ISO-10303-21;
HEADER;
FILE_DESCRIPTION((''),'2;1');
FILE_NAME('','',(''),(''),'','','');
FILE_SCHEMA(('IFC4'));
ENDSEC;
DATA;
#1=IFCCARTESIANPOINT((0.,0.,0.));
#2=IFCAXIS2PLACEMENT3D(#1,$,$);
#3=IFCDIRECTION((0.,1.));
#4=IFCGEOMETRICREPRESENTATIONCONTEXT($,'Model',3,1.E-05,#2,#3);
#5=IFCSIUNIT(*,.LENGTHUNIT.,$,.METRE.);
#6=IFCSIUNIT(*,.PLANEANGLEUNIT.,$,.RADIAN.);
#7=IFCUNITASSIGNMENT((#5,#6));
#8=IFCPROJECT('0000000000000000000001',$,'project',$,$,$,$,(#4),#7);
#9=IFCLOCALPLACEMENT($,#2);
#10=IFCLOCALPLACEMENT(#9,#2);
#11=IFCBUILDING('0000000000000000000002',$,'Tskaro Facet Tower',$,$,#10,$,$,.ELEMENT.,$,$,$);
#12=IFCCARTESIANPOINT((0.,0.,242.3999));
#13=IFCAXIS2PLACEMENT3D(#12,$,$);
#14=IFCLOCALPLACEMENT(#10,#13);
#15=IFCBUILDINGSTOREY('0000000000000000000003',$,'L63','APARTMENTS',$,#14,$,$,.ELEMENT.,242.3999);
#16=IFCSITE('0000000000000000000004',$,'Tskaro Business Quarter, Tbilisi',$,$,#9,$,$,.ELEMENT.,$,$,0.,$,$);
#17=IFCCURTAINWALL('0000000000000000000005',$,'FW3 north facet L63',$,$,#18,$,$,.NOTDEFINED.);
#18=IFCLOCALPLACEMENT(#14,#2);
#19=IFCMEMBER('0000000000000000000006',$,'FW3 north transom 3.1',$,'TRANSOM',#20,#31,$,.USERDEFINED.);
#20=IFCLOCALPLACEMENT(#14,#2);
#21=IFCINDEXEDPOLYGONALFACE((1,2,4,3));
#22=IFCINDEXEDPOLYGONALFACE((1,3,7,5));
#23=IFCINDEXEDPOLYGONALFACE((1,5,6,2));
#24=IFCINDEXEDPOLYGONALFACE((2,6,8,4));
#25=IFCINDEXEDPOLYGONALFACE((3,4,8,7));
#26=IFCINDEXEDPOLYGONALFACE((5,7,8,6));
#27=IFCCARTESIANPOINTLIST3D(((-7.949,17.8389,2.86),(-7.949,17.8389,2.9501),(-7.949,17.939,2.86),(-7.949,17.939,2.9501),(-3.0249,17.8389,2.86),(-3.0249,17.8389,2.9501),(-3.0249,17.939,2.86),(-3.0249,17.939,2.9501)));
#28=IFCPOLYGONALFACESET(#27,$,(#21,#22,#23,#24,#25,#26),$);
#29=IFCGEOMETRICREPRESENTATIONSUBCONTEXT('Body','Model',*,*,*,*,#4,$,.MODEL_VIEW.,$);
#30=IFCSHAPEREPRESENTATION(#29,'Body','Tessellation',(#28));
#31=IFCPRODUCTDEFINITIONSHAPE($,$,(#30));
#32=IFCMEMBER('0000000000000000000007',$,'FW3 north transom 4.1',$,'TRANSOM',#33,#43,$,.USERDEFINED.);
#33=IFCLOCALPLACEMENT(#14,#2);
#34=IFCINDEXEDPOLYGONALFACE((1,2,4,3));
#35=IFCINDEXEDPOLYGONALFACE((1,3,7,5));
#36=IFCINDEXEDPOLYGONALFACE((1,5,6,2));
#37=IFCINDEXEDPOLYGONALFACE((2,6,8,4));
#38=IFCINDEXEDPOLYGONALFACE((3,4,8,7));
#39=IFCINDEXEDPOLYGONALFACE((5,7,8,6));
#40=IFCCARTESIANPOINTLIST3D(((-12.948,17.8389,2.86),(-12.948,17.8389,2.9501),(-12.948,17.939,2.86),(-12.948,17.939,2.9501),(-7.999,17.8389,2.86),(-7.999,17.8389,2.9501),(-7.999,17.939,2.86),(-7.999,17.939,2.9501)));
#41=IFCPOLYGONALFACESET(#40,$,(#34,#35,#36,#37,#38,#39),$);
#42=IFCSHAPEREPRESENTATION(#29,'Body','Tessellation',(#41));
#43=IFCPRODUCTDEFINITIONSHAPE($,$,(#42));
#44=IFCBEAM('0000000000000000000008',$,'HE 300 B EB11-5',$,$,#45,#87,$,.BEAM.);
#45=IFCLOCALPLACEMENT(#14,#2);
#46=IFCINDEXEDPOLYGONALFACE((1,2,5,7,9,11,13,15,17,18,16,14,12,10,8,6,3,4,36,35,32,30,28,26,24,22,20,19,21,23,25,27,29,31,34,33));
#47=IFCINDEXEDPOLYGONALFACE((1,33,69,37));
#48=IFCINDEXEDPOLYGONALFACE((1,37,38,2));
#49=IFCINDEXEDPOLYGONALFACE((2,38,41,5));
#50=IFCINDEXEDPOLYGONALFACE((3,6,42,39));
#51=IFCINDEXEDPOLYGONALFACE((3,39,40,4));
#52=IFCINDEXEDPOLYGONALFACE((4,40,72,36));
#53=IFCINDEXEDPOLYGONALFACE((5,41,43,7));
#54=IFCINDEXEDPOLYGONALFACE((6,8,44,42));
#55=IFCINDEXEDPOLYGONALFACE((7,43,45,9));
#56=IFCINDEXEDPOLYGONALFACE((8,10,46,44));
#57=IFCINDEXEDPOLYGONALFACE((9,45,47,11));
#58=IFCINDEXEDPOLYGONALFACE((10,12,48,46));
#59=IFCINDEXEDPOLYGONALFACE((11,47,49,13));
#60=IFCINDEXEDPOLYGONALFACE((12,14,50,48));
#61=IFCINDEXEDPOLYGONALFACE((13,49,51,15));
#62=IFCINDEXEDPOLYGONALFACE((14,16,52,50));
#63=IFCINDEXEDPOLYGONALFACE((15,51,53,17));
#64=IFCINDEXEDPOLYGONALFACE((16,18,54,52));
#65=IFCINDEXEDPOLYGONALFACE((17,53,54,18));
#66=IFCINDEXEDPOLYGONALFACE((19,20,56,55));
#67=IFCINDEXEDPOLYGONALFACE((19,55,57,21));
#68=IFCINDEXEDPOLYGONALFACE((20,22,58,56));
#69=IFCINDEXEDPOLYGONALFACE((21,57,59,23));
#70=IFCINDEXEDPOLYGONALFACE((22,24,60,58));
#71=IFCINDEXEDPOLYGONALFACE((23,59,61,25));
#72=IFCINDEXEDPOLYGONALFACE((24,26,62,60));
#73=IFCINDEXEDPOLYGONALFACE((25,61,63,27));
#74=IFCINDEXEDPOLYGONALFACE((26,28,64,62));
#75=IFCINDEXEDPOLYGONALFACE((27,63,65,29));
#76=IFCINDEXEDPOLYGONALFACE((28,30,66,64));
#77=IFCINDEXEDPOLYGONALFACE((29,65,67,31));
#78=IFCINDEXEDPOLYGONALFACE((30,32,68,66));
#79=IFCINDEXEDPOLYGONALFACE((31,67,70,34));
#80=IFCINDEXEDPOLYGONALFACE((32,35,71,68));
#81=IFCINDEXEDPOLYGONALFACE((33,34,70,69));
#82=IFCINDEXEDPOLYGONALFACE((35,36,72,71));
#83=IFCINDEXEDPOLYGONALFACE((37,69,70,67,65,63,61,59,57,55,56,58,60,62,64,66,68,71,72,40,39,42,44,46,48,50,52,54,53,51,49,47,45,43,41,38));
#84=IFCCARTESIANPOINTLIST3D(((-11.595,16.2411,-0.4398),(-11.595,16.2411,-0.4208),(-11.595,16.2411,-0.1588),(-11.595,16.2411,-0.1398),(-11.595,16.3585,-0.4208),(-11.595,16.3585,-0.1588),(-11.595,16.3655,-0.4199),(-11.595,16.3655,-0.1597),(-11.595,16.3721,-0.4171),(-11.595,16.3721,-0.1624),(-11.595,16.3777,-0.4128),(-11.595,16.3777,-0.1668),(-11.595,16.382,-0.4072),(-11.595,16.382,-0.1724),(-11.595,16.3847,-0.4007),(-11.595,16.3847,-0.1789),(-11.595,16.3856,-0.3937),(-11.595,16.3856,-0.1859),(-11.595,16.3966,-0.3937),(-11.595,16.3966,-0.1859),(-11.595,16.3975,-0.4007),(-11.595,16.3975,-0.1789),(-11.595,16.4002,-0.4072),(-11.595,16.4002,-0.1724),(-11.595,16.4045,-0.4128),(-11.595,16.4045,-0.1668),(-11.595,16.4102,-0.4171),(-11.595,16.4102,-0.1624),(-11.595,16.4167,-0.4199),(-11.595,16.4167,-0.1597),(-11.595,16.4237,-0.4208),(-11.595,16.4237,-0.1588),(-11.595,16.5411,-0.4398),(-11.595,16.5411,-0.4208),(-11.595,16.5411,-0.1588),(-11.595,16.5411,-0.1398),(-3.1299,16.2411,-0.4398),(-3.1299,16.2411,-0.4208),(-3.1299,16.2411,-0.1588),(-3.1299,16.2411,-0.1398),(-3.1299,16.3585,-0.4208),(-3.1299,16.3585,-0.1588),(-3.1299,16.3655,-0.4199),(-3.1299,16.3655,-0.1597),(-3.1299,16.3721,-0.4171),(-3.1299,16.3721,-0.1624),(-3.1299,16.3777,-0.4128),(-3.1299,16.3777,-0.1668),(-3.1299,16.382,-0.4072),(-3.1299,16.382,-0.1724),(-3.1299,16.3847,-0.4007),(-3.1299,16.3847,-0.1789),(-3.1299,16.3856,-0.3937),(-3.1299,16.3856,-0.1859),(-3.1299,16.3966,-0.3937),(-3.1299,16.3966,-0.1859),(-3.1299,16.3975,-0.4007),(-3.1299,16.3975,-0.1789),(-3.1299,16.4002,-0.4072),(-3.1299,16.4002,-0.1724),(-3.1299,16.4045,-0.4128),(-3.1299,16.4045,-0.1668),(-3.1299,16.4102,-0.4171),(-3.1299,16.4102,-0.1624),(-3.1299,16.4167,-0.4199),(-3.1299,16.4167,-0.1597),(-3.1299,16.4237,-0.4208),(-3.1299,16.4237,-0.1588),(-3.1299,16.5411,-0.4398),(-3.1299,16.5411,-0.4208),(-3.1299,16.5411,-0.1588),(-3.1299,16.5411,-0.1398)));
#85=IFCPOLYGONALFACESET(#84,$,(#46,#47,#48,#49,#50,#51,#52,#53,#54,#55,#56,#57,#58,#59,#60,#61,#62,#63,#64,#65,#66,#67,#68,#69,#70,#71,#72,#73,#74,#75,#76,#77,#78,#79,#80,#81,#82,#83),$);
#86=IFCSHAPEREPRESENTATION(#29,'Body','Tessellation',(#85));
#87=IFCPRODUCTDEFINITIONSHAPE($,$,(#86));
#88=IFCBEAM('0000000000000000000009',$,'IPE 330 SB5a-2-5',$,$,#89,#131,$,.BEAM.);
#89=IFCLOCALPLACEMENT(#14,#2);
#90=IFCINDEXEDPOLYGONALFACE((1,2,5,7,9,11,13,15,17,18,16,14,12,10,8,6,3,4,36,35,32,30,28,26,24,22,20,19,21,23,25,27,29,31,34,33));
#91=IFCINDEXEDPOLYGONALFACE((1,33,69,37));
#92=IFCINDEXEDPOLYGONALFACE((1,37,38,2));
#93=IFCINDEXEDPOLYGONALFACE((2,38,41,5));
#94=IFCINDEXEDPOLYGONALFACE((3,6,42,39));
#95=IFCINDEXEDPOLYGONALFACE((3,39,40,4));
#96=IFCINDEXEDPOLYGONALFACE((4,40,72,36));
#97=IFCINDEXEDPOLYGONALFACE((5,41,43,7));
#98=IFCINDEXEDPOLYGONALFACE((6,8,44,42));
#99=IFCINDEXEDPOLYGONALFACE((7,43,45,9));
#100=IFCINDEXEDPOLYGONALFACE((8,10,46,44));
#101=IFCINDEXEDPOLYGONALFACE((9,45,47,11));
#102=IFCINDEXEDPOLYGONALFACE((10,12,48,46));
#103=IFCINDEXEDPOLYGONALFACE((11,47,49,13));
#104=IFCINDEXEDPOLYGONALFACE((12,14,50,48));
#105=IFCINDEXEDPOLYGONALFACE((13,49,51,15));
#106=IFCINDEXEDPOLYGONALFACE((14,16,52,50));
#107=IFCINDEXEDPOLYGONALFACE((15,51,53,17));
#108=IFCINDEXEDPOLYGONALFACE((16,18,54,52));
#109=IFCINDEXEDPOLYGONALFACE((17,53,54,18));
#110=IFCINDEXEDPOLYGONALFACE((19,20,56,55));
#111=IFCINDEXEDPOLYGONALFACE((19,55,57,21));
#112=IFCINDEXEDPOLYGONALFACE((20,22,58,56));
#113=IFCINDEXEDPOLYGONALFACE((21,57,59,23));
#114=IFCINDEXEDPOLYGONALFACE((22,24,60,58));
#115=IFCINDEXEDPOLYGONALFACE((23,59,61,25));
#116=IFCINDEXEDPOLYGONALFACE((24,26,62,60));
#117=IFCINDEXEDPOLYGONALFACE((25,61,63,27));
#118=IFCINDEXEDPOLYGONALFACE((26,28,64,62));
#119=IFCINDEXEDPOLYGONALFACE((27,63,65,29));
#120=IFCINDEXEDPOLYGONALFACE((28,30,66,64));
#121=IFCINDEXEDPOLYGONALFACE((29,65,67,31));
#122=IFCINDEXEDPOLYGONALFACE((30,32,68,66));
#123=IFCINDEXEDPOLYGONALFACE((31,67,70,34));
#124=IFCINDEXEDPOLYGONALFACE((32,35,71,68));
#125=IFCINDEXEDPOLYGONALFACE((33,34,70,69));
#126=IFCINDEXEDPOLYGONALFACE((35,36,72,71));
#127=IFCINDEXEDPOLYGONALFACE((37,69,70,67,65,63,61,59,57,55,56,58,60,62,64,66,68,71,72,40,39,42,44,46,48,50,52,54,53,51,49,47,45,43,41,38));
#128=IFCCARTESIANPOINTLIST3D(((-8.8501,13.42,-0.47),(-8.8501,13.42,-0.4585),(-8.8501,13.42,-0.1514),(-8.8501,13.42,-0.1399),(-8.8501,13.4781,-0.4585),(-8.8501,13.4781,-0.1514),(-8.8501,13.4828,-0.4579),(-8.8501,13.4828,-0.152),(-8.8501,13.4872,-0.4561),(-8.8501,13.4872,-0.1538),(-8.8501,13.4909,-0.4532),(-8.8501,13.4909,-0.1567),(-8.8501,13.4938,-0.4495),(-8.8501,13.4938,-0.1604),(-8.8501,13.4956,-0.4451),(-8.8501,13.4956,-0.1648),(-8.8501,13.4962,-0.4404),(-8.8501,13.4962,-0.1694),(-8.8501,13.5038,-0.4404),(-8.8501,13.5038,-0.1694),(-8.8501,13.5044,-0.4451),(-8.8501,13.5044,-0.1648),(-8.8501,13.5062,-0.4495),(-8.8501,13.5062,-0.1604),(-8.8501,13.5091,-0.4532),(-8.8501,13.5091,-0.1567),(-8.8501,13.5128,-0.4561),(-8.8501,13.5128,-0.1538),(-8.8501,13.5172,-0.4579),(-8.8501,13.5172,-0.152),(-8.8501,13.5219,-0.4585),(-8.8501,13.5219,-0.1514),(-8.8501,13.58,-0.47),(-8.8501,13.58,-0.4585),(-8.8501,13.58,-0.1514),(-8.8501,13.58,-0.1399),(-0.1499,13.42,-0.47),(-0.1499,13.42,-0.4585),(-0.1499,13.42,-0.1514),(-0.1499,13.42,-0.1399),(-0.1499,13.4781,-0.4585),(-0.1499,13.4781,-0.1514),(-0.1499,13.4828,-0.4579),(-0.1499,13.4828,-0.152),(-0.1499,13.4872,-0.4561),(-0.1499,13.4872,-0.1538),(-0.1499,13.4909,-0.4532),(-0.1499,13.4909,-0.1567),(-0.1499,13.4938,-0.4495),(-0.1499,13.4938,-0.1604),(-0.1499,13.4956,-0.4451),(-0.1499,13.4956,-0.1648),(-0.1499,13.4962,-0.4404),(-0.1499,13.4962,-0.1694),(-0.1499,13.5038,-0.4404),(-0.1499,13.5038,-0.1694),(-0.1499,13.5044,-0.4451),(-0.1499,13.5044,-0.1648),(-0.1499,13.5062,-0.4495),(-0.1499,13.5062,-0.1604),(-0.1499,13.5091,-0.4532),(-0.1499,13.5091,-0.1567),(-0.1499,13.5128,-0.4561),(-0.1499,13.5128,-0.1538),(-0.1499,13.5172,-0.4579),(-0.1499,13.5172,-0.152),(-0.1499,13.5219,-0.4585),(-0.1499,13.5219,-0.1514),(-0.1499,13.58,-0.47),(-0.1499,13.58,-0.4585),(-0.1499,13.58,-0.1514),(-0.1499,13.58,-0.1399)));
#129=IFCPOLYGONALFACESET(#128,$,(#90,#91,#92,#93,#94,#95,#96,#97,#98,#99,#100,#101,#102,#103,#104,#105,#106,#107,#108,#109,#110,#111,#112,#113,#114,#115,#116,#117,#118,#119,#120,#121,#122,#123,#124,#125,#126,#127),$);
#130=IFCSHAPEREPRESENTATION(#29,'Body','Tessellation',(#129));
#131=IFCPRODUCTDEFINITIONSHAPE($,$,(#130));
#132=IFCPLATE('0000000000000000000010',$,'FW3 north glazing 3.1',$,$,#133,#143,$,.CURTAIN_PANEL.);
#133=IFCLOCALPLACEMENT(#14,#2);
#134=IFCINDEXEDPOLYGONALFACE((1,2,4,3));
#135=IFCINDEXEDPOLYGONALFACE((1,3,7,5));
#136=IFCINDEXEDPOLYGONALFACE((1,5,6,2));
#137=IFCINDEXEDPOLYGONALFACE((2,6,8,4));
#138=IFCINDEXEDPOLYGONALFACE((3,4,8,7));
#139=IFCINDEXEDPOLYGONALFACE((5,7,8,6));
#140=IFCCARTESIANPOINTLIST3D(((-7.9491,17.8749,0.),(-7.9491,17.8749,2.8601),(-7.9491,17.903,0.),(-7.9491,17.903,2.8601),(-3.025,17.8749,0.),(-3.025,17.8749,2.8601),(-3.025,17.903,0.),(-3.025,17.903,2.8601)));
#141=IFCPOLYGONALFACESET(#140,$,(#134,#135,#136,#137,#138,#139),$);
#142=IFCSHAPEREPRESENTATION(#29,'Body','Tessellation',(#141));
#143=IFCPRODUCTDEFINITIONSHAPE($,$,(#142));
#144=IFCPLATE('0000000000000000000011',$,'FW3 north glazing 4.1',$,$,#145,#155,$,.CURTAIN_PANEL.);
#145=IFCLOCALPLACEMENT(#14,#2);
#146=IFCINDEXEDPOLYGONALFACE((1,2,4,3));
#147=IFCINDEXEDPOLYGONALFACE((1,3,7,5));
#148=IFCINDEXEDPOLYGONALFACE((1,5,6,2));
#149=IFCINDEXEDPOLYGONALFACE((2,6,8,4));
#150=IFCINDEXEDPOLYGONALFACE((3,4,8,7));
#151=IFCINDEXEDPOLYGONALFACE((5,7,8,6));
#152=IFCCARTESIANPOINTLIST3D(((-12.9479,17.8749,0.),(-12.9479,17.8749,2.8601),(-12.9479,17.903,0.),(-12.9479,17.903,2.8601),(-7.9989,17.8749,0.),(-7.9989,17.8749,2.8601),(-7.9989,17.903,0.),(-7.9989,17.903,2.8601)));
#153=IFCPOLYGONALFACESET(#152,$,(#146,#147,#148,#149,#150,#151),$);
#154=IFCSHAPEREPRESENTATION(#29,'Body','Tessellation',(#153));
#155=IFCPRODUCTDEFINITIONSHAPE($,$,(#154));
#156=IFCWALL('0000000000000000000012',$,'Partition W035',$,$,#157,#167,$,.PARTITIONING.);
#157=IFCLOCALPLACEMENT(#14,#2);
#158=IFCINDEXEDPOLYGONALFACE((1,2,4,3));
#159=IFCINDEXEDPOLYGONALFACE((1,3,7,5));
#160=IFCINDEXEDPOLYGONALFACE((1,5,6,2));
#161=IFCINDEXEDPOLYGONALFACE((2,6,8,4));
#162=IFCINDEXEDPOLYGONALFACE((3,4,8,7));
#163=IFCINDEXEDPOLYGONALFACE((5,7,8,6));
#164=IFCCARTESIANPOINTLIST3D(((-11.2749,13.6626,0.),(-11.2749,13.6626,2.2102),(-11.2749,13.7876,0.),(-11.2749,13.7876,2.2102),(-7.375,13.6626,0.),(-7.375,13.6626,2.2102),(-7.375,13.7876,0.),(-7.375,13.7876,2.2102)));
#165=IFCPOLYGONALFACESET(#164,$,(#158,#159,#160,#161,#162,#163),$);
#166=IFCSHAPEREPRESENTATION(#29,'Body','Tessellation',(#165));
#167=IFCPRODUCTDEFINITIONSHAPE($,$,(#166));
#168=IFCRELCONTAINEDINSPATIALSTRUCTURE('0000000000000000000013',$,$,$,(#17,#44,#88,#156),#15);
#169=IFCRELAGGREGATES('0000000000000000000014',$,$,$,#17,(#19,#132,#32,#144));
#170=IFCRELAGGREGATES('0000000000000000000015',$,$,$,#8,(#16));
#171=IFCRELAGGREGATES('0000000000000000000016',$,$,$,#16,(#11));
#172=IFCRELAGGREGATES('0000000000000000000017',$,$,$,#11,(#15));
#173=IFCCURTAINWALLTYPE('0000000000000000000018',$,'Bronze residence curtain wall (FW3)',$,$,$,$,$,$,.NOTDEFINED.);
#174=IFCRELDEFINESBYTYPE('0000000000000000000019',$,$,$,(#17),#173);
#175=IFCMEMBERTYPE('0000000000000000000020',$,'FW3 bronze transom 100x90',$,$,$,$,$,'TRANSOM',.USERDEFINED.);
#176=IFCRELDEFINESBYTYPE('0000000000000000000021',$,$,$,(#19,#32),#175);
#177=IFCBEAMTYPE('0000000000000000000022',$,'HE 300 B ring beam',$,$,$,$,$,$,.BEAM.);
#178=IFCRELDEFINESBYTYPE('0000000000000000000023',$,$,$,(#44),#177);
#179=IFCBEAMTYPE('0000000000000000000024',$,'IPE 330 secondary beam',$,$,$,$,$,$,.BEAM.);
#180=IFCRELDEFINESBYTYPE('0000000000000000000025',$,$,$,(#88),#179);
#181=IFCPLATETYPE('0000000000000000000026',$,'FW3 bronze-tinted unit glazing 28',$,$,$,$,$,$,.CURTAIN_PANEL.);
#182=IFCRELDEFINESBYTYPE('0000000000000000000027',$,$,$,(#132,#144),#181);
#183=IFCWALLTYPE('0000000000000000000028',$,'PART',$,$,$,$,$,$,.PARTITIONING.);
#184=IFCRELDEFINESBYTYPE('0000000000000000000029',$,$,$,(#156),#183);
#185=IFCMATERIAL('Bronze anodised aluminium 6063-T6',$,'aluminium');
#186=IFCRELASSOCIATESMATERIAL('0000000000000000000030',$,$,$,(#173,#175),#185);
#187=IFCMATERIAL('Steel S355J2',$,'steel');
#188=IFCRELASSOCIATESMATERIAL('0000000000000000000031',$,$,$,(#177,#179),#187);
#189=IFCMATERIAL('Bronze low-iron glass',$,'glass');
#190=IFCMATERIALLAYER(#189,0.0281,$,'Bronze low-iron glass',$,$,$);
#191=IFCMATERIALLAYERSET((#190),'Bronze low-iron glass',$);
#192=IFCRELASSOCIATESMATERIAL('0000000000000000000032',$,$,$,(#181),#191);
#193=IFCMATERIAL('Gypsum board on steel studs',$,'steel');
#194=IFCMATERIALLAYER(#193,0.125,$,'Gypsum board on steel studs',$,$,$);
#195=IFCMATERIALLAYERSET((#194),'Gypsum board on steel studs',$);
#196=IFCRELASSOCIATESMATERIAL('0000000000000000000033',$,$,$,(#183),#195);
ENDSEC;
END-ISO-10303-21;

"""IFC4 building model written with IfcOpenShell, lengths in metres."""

from ifc_helpers import new_model, si_unit, direction, frame, frame_2d, origin, origin_2d, place, context, subcontext, project, spatial, rectangle, i_section, extrude, material, layer, layer_set, material_profile, profile_set, type_object, element, aggregate, save


model = new_model("IFC4")

# Units and contexts
model_context = context("Model", 3, precision=1e-05, world=origin(), true_north=direction((0.0, 1.0)))
body_context = subcontext(model_context, "Body", "Model", "MODEL_VIEW")
ifc_project = project(units=[si_unit("LENGTHUNIT", "METRE"), si_unit("PLANEANGLEUNIT", "RADIAN")], contexts=[model_context])

# Site, building, storey
site_placement = place(None, origin())
site = spatial("IfcSite", under=ifc_project, at=site_placement, Name="Tskaro Business Quarter, Tbilisi", CompositionType="ELEMENT", RefElevation=0.0)
building_placement = place(site_placement, origin())
building = spatial("IfcBuilding", under=site, at=building_placement, Name="Tskaro Facet Tower", CompositionType="ELEMENT")
storey_placement = place(building_placement, frame((0.0, 0.0, 242.3999)))
storey = spatial("IfcBuildingStorey", under=building, at=storey_placement, Name="L63", Description="APARTMENTS", CompositionType="ELEMENT", Elevation=242.3999)

# Shared definitions
ifc_material_1 = material(Name="Steel S355J2", Category="steel")

# Curtain wall, members
ifc_material_2 = material(Name="Bronze anodised aluminium 6063-T6", Category="aluminium")
curtain_wall_type = type_object("IfcCurtainWallType", Name="Bronze residence curtain wall (FW3)", PredefinedType="NOTDEFINED", material=ifc_material_2)
curtain_wall_placement = place(storey_placement, origin())
curtain_wall = element("IfcCurtainWall", 1, at=curtain_wall_placement, inside=storey, type_object=curtain_wall_type, Name="FW3 north facet L63", PredefinedType="NOTDEFINED")
ifc_material_profile_1 = material_profile(ifc_material_2, rectangle(XDim=0.1001, YDim=0.0901, at=origin_2d()), Name="Transom 100x90")
ifc_profile_set_1 = profile_set([ifc_material_profile_1], Name="Bronze anodised aluminium 6063-T6")
member_type_1 = type_object("IfcMemberType", Name="FW3 bronze transom 100x90", ElementType="TRANSOM", PredefinedType="USERDEFINED", material=ifc_profile_set_1)
member_1_placement = place(storey_placement, frame((-3.0249, 17.8889, 2.905), z_axis=(-1.0, 0.0, 0.0), x_axis=(0.0, -1.0, 0.0)))
member_1 = element("IfcMember", 2, at=member_1_placement, type_object=member_type_1, Name="FW3 north transom 3.1", ObjectType="TRANSOM", PredefinedType="USERDEFINED", context=body_context, shape_type="SweptSolid", body=[
    extrude(rectangle(XDim=0.1001, YDim=0.0901, at=origin_2d()), origin(), (0.0, 0.0, 1.0), 4.9241),
])
member_2_placement = place(storey_placement, frame((-7.999, 17.8889, 2.905), z_axis=(-1.0, 0.0, 0.0), x_axis=(0.0, -1.0, 0.0)))
member_2 = element("IfcMember", 3, at=member_2_placement, type_object=member_type_1, Name="FW3 north transom 4.1", ObjectType="TRANSOM", PredefinedType="USERDEFINED", context=body_context, shape_type="SweptSolid", body=[
    extrude(rectangle(XDim=0.1001, YDim=0.0901, at=origin_2d()), origin(), (0.0, 0.0, 1.0), 4.949),
])

# Beams
ifc_material_profile_2 = material_profile(ifc_material_1, i_section(OverallWidth=0.3, OverallDepth=0.3, WebThickness=0.011, FlangeThickness=0.019, FilletRadius=0.0271, at=origin_2d()), Name="HE 300 B")
ifc_profile_set_2 = profile_set([ifc_material_profile_2], Name="Steel S355J2")
beam_type_1 = type_object("IfcBeamType", Name="HE 300 B ring beam", PredefinedType="BEAM", material=ifc_profile_set_2)
beam_1_placement = place(storey_placement, frame((-3.1299, 16.3911, -0.2898), z_axis=(-1.0, 0.0, 0.0), x_axis=(0.0, -1.0, 0.0)))
element("IfcBeam", 4, at=beam_1_placement, inside=storey, type_object=beam_type_1, Name="HE 300 B EB11-5", PredefinedType="BEAM", context=body_context, shape_type="SweptSolid", body=[
    extrude(i_section(OverallWidth=0.3, OverallDepth=0.3, WebThickness=0.011, FlangeThickness=0.019, FilletRadius=0.0271, at=origin_2d()), origin(), (0.0, 0.0, 1.0), 8.4651),
])
ifc_material_profile_3 = material_profile(ifc_material_1, i_section(OverallWidth=0.1599, OverallDepth=0.3301, WebThickness=0.0076, FlangeThickness=0.0115, FilletRadius=0.0181, at=origin_2d()), Name="IPE 330")
ifc_profile_set_3 = profile_set([ifc_material_profile_3], Name="Steel S355J2")
beam_type_2 = type_object("IfcBeamType", Name="IPE 330 secondary beam", PredefinedType="BEAM", material=ifc_profile_set_3)
beam_2_placement = place(storey_placement, frame((-8.8501, 13.5, -0.3049), z_axis=(1.0, 0.0, 0.0), x_axis=(0.0, 1.0, 0.0)))
element("IfcBeam", 5, at=beam_2_placement, inside=storey, type_object=beam_type_2, Name="IPE 330 SB5a-2-5", PredefinedType="BEAM", context=body_context, shape_type="SweptSolid", body=[
    extrude(i_section(OverallWidth=0.1599, OverallDepth=0.3301, WebThickness=0.0076, FlangeThickness=0.0115, FilletRadius=0.0181, at=origin_2d()), origin(), (0.0, 0.0, 1.0), 8.7002),
])

# Plates
ifc_material_3 = material(Name="Bronze low-iron glass", Category="glass")
ifc_layer_1 = layer(ifc_material_3, 0.0281, Name="Bronze low-iron glass")
ifc_layer_set_1 = layer_set([ifc_layer_1], Name="Bronze low-iron glass")
plate_type = type_object("IfcPlateType", Name="FW3 bronze-tinted unit glazing 28", PredefinedType="CURTAIN_PANEL", material=ifc_layer_set_1)
plate_1_placement = place(storey_placement, frame((-5.4871, 17.8889, 0.0), z_axis=(0.0, 0.0, 1.0), x_axis=(-1.0, 0.0, 0.0)))
plate_1 = element("IfcPlate", 6, at=plate_1_placement, type_object=plate_type, Name="FW3 north glazing 3.1", PredefinedType="CURTAIN_PANEL", context=body_context, shape_type="SweptSolid", body=[
    extrude(rectangle(XDim=4.9241, YDim=0.0281, at=origin_2d()), origin(), (0.0, 0.0, 1.0), 2.8601),
])
plate_2_placement = place(storey_placement, frame((-10.4734, 17.8889, 0.0), z_axis=(0.0, 0.0, 1.0), x_axis=(-1.0, 0.0, 0.0)))
plate_2 = element("IfcPlate", 7, at=plate_2_placement, type_object=plate_type, Name="FW3 north glazing 4.1", PredefinedType="CURTAIN_PANEL", context=body_context, shape_type="SweptSolid", body=[
    extrude(rectangle(XDim=4.949, YDim=0.0281, at=origin_2d()), origin(), (0.0, 0.0, 1.0), 2.8601),
])
aggregate(curtain_wall, [member_1, plate_1, member_2, plate_2])

# Wall
ifc_material_4 = material(Name="Gypsum board on steel studs", Category="steel")
ifc_layer_2 = layer(ifc_material_4, 0.125, Name="Gypsum board on steel studs")
ifc_layer_set_2 = layer_set([ifc_layer_2], Name="Gypsum board on steel studs")
wall_type_1 = type_object("IfcWallType", Name="PART", PredefinedType="PARTITIONING", material=ifc_layer_set_2)
wall_1_placement = place(storey_placement, frame((-11.2749, 13.7251, 0.0), z_axis=(0.0, 0.0, 1.0), x_axis=(1.0, 0.0, 0.0)))
element("IfcWall", 8, at=wall_1_placement, inside=storey, type_object=wall_type_1, Name="Partition W035", PredefinedType="PARTITIONING", context=body_context, shape_type="SweptSolid", body=[
    extrude(rectangle(XDim=3.8999, YDim=0.125, at=frame_2d((1.95, 0.0))), origin(), (0.0, 0.0, 1.0), 2.2102),
])

save(model, "model.ifc")
